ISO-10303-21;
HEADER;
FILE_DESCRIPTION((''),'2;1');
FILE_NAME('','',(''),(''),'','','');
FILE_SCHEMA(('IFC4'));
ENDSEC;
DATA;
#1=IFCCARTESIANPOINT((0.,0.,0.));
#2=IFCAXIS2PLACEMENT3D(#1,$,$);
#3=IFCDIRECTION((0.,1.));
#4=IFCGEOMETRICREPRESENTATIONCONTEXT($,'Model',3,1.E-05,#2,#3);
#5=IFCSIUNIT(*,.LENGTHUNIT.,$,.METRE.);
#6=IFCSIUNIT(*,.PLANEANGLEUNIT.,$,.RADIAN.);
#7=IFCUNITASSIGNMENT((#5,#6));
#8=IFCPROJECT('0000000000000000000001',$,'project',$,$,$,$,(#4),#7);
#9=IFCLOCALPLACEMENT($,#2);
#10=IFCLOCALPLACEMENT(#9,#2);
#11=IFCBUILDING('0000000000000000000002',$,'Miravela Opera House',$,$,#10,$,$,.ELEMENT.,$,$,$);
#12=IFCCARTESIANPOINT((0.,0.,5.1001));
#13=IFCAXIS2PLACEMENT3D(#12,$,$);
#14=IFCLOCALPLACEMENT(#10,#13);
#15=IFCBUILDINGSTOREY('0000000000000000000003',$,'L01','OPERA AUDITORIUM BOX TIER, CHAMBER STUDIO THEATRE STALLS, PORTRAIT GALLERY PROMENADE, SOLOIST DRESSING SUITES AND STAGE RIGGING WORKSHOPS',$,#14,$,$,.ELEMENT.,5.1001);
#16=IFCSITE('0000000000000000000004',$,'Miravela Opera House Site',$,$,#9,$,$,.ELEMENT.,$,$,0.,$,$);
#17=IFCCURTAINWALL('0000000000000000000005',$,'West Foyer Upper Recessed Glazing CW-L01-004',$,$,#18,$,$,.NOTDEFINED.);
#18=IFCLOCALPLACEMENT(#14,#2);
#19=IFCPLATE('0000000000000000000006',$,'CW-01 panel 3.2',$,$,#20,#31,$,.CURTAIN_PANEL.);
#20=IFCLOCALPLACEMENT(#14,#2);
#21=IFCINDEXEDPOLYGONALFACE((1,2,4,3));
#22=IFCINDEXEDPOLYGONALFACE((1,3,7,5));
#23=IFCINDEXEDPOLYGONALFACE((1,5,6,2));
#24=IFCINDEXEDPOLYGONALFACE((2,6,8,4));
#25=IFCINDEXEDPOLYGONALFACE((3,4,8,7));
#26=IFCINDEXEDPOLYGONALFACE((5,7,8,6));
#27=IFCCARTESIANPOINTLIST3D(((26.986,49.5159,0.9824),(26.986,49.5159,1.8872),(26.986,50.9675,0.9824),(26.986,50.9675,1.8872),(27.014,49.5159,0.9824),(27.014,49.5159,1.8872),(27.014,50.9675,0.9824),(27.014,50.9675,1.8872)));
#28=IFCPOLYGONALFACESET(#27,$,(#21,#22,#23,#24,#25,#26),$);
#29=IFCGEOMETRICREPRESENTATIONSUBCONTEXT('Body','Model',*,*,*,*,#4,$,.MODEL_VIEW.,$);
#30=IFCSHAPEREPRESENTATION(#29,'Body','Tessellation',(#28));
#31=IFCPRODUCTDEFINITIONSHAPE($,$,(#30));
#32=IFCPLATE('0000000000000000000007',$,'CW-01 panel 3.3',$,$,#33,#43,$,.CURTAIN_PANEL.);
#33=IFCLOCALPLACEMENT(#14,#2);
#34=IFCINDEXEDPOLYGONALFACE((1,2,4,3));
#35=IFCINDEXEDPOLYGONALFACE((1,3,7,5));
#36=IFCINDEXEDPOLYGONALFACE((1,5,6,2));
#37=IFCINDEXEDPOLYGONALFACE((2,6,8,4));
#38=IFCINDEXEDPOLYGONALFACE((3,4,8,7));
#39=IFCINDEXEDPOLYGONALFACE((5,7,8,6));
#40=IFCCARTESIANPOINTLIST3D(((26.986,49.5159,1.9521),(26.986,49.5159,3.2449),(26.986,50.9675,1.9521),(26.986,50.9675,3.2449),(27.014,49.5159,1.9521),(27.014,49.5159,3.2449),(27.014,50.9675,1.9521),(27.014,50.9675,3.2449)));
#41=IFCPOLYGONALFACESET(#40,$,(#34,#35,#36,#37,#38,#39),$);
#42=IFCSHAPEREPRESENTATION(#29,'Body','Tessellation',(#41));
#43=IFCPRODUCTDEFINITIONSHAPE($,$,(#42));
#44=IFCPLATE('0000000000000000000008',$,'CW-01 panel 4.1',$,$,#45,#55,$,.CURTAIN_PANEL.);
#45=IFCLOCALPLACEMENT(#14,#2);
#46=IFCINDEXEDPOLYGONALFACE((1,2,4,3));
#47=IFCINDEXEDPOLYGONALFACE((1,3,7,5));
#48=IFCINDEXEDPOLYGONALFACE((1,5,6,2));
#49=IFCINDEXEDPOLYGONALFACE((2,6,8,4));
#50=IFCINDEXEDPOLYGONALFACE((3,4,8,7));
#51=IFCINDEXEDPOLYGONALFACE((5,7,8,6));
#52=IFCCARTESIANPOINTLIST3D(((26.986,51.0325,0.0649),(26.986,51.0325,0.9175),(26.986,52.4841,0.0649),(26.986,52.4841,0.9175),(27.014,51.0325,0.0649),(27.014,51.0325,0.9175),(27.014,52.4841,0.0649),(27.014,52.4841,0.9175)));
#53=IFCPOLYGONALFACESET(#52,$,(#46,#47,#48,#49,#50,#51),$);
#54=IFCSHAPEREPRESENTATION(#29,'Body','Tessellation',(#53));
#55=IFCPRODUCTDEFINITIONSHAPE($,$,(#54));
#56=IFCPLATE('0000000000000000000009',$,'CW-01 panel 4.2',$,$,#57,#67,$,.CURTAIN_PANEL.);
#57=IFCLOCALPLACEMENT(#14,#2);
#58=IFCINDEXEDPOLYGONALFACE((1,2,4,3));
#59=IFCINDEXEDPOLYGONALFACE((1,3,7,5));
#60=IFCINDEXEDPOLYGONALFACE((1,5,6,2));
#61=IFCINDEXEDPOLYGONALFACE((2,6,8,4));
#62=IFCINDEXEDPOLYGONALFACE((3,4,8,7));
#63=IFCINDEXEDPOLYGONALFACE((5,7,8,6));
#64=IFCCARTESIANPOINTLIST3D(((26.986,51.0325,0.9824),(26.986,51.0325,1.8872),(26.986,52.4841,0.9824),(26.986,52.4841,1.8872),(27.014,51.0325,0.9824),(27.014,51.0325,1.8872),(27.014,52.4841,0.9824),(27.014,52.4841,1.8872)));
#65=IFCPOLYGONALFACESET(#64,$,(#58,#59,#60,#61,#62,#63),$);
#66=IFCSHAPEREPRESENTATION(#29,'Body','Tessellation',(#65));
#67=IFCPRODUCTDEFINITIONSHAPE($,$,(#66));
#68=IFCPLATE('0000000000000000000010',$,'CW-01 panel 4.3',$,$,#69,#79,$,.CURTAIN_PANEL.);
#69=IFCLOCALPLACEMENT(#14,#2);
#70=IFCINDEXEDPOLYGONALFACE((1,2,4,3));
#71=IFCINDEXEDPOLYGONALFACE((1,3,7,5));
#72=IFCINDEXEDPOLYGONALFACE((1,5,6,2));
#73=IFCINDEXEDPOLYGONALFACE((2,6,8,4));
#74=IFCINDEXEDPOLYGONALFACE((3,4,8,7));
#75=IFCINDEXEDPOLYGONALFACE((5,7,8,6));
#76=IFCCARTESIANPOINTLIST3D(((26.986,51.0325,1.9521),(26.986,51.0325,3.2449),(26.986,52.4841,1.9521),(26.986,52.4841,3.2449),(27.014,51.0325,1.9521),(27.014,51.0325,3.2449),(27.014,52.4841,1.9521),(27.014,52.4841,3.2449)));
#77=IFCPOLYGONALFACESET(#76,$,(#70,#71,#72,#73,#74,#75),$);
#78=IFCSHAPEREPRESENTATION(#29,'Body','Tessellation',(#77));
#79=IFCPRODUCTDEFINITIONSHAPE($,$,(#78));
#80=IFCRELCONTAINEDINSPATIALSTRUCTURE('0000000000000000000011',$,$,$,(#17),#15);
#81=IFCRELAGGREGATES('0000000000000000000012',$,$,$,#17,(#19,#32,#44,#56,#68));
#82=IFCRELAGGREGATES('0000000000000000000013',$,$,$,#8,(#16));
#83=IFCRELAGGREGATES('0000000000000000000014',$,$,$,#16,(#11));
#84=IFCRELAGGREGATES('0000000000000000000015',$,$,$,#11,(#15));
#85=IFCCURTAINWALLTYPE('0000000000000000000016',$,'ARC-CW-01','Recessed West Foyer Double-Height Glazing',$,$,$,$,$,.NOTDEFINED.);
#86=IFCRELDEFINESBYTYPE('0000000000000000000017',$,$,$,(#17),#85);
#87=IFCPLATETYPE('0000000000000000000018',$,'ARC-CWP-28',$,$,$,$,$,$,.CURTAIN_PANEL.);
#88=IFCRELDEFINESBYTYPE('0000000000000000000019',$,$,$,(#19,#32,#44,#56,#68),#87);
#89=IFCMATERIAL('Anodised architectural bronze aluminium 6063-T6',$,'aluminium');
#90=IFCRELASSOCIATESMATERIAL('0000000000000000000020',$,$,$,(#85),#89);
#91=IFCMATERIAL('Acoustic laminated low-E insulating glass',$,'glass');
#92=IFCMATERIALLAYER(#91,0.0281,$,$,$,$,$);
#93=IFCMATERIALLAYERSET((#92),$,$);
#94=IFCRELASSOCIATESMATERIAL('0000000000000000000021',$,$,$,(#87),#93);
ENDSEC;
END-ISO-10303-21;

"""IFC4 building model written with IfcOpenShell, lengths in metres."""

from ifc_helpers import new_model, si_unit, direction, frame, origin, origin_2d, place, context, subcontext, project, spatial, rectangle, extrude, material, layer, layer_set, type_object, element, aggregate, save


model = new_model("IFC4")

# Units and contexts
model_context = context("Model", 3, precision=1e-05, world=origin(), true_north=direction((0.0, 1.0)))
body_context = subcontext(model_context, "Body", "Model", "MODEL_VIEW")
ifc_project = project(units=[si_unit("LENGTHUNIT", "METRE"), si_unit("PLANEANGLEUNIT", "RADIAN")], contexts=[model_context])

# Site, building, storey
site_placement = place(None, origin())
site = spatial("IfcSite", under=ifc_project, at=site_placement, Name="Miravela Opera House Site", CompositionType="ELEMENT", RefElevation=0.0)
building_placement = place(site_placement, origin())
building = spatial("IfcBuilding", under=site, at=building_placement, Name="Miravela Opera House", CompositionType="ELEMENT")
storey_placement = place(building_placement, frame((0.0, 0.0, 5.1001)))
storey = spatial("IfcBuildingStorey", under=building, at=storey_placement, Name="L01", Description="OPERA AUDITORIUM BOX TIER, CHAMBER STUDIO THEATRE STALLS, PORTRAIT GALLERY PROMENADE, SOLOIST DRESSING SUITES AND STAGE RIGGING WORKSHOPS", CompositionType="ELEMENT", Elevation=5.1001)

# Curtain wall, plates
ifc_material_1 = material(Name="Anodised architectural bronze aluminium 6063-T6", Category="aluminium")
curtain_wall_type = type_object("IfcCurtainWallType", Name="ARC-CW-01", Description="Recessed West Foyer Double-Height Glazing", PredefinedType="NOTDEFINED", material=ifc_material_1)
curtain_wall_placement = place(storey_placement, origin())
curtain_wall = element("IfcCurtainWall", 1, at=curtain_wall_placement, inside=storey, type_object=curtain_wall_type, Name="West Foyer Upper Recessed Glazing CW-L01-004", PredefinedType="NOTDEFINED")
ifc_material_2 = material(Name="Acoustic laminated low-E insulating glass", Category="glass")
ifc_layer = layer(ifc_material_2, 0.0281)
ifc_layer_set = layer_set([ifc_layer])
plate_type = type_object("IfcPlateType", Name="ARC-CWP-28", PredefinedType="CURTAIN_PANEL", material=ifc_layer_set)
plate_1_placement = place(storey_placement, frame((27.0, 50.2417, 0.9824), z_axis=(0.0, 0.0, 1.0), x_axis=(0.0, 1.0, 0.0)))
plate_1 = element("IfcPlate", 2, at=plate_1_placement, type_object=plate_type, Name="CW-01 panel 3.2", PredefinedType="CURTAIN_PANEL", context=body_context, shape_type="SweptSolid", body=[
    extrude(rectangle(XDim=1.4517, YDim=0.0281, at=origin_2d()), origin(), (0.0, 0.0, 1.0), 0.9048),
])
plate_2_placement = place(storey_placement, frame((27.0, 50.2417, 1.9521), z_axis=(0.0, 0.0, 1.0), x_axis=(0.0, 1.0, 0.0)))
plate_2 = element("IfcPlate", 3, at=plate_2_placement, type_object=plate_type, Name="CW-01 panel 3.3", PredefinedType="CURTAIN_PANEL", context=body_context, shape_type="SweptSolid", body=[
    extrude(rectangle(XDim=1.4517, YDim=0.0281, at=origin_2d()), origin(), (0.0, 0.0, 1.0), 1.2927),
])
plate_3_placement = place(storey_placement, frame((27.0, 51.7583, 0.0649), z_axis=(0.0, 0.0, 1.0), x_axis=(0.0, 1.0, 0.0)))
plate_3 = element("IfcPlate", 4, at=plate_3_placement, type_object=plate_type, Name="CW-01 panel 4.1", PredefinedType="CURTAIN_PANEL", context=body_context, shape_type="SweptSolid", body=[
    extrude(rectangle(XDim=1.4517, YDim=0.0281, at=origin_2d()), origin(), (0.0, 0.0, 1.0), 0.8525),
])
plate_4_placement = place(storey_placement, frame((27.0, 51.7583, 0.9824), z_axis=(0.0, 0.0, 1.0), x_axis=(0.0, 1.0, 0.0)))
plate_4 = element("IfcPlate", 5, at=plate_4_placement, type_object=plate_type, Name="CW-01 panel 4.2", PredefinedType="CURTAIN_PANEL", context=body_context, shape_type="SweptSolid", body=[
    extrude(rectangle(XDim=1.4517, YDim=0.0281, at=origin_2d()), origin(), (0.0, 0.0, 1.0), 0.9048),
])
plate_5_placement = place(storey_placement, frame((27.0, 51.7583, 1.9521), z_axis=(0.0, 0.0, 1.0), x_axis=(0.0, 1.0, 0.0)))
plate_5 = element("IfcPlate", 6, at=plate_5_placement, type_object=plate_type, Name="CW-01 panel 4.3", PredefinedType="CURTAIN_PANEL", context=body_context, shape_type="SweptSolid", body=[
    extrude(rectangle(XDim=1.4517, YDim=0.0281, at=origin_2d()), origin(), (0.0, 0.0, 1.0), 1.2927),
])
aggregate(curtain_wall, [plate_1, plate_2, plate_3, plate_4, plate_5])

save(model, "model.ifc")
